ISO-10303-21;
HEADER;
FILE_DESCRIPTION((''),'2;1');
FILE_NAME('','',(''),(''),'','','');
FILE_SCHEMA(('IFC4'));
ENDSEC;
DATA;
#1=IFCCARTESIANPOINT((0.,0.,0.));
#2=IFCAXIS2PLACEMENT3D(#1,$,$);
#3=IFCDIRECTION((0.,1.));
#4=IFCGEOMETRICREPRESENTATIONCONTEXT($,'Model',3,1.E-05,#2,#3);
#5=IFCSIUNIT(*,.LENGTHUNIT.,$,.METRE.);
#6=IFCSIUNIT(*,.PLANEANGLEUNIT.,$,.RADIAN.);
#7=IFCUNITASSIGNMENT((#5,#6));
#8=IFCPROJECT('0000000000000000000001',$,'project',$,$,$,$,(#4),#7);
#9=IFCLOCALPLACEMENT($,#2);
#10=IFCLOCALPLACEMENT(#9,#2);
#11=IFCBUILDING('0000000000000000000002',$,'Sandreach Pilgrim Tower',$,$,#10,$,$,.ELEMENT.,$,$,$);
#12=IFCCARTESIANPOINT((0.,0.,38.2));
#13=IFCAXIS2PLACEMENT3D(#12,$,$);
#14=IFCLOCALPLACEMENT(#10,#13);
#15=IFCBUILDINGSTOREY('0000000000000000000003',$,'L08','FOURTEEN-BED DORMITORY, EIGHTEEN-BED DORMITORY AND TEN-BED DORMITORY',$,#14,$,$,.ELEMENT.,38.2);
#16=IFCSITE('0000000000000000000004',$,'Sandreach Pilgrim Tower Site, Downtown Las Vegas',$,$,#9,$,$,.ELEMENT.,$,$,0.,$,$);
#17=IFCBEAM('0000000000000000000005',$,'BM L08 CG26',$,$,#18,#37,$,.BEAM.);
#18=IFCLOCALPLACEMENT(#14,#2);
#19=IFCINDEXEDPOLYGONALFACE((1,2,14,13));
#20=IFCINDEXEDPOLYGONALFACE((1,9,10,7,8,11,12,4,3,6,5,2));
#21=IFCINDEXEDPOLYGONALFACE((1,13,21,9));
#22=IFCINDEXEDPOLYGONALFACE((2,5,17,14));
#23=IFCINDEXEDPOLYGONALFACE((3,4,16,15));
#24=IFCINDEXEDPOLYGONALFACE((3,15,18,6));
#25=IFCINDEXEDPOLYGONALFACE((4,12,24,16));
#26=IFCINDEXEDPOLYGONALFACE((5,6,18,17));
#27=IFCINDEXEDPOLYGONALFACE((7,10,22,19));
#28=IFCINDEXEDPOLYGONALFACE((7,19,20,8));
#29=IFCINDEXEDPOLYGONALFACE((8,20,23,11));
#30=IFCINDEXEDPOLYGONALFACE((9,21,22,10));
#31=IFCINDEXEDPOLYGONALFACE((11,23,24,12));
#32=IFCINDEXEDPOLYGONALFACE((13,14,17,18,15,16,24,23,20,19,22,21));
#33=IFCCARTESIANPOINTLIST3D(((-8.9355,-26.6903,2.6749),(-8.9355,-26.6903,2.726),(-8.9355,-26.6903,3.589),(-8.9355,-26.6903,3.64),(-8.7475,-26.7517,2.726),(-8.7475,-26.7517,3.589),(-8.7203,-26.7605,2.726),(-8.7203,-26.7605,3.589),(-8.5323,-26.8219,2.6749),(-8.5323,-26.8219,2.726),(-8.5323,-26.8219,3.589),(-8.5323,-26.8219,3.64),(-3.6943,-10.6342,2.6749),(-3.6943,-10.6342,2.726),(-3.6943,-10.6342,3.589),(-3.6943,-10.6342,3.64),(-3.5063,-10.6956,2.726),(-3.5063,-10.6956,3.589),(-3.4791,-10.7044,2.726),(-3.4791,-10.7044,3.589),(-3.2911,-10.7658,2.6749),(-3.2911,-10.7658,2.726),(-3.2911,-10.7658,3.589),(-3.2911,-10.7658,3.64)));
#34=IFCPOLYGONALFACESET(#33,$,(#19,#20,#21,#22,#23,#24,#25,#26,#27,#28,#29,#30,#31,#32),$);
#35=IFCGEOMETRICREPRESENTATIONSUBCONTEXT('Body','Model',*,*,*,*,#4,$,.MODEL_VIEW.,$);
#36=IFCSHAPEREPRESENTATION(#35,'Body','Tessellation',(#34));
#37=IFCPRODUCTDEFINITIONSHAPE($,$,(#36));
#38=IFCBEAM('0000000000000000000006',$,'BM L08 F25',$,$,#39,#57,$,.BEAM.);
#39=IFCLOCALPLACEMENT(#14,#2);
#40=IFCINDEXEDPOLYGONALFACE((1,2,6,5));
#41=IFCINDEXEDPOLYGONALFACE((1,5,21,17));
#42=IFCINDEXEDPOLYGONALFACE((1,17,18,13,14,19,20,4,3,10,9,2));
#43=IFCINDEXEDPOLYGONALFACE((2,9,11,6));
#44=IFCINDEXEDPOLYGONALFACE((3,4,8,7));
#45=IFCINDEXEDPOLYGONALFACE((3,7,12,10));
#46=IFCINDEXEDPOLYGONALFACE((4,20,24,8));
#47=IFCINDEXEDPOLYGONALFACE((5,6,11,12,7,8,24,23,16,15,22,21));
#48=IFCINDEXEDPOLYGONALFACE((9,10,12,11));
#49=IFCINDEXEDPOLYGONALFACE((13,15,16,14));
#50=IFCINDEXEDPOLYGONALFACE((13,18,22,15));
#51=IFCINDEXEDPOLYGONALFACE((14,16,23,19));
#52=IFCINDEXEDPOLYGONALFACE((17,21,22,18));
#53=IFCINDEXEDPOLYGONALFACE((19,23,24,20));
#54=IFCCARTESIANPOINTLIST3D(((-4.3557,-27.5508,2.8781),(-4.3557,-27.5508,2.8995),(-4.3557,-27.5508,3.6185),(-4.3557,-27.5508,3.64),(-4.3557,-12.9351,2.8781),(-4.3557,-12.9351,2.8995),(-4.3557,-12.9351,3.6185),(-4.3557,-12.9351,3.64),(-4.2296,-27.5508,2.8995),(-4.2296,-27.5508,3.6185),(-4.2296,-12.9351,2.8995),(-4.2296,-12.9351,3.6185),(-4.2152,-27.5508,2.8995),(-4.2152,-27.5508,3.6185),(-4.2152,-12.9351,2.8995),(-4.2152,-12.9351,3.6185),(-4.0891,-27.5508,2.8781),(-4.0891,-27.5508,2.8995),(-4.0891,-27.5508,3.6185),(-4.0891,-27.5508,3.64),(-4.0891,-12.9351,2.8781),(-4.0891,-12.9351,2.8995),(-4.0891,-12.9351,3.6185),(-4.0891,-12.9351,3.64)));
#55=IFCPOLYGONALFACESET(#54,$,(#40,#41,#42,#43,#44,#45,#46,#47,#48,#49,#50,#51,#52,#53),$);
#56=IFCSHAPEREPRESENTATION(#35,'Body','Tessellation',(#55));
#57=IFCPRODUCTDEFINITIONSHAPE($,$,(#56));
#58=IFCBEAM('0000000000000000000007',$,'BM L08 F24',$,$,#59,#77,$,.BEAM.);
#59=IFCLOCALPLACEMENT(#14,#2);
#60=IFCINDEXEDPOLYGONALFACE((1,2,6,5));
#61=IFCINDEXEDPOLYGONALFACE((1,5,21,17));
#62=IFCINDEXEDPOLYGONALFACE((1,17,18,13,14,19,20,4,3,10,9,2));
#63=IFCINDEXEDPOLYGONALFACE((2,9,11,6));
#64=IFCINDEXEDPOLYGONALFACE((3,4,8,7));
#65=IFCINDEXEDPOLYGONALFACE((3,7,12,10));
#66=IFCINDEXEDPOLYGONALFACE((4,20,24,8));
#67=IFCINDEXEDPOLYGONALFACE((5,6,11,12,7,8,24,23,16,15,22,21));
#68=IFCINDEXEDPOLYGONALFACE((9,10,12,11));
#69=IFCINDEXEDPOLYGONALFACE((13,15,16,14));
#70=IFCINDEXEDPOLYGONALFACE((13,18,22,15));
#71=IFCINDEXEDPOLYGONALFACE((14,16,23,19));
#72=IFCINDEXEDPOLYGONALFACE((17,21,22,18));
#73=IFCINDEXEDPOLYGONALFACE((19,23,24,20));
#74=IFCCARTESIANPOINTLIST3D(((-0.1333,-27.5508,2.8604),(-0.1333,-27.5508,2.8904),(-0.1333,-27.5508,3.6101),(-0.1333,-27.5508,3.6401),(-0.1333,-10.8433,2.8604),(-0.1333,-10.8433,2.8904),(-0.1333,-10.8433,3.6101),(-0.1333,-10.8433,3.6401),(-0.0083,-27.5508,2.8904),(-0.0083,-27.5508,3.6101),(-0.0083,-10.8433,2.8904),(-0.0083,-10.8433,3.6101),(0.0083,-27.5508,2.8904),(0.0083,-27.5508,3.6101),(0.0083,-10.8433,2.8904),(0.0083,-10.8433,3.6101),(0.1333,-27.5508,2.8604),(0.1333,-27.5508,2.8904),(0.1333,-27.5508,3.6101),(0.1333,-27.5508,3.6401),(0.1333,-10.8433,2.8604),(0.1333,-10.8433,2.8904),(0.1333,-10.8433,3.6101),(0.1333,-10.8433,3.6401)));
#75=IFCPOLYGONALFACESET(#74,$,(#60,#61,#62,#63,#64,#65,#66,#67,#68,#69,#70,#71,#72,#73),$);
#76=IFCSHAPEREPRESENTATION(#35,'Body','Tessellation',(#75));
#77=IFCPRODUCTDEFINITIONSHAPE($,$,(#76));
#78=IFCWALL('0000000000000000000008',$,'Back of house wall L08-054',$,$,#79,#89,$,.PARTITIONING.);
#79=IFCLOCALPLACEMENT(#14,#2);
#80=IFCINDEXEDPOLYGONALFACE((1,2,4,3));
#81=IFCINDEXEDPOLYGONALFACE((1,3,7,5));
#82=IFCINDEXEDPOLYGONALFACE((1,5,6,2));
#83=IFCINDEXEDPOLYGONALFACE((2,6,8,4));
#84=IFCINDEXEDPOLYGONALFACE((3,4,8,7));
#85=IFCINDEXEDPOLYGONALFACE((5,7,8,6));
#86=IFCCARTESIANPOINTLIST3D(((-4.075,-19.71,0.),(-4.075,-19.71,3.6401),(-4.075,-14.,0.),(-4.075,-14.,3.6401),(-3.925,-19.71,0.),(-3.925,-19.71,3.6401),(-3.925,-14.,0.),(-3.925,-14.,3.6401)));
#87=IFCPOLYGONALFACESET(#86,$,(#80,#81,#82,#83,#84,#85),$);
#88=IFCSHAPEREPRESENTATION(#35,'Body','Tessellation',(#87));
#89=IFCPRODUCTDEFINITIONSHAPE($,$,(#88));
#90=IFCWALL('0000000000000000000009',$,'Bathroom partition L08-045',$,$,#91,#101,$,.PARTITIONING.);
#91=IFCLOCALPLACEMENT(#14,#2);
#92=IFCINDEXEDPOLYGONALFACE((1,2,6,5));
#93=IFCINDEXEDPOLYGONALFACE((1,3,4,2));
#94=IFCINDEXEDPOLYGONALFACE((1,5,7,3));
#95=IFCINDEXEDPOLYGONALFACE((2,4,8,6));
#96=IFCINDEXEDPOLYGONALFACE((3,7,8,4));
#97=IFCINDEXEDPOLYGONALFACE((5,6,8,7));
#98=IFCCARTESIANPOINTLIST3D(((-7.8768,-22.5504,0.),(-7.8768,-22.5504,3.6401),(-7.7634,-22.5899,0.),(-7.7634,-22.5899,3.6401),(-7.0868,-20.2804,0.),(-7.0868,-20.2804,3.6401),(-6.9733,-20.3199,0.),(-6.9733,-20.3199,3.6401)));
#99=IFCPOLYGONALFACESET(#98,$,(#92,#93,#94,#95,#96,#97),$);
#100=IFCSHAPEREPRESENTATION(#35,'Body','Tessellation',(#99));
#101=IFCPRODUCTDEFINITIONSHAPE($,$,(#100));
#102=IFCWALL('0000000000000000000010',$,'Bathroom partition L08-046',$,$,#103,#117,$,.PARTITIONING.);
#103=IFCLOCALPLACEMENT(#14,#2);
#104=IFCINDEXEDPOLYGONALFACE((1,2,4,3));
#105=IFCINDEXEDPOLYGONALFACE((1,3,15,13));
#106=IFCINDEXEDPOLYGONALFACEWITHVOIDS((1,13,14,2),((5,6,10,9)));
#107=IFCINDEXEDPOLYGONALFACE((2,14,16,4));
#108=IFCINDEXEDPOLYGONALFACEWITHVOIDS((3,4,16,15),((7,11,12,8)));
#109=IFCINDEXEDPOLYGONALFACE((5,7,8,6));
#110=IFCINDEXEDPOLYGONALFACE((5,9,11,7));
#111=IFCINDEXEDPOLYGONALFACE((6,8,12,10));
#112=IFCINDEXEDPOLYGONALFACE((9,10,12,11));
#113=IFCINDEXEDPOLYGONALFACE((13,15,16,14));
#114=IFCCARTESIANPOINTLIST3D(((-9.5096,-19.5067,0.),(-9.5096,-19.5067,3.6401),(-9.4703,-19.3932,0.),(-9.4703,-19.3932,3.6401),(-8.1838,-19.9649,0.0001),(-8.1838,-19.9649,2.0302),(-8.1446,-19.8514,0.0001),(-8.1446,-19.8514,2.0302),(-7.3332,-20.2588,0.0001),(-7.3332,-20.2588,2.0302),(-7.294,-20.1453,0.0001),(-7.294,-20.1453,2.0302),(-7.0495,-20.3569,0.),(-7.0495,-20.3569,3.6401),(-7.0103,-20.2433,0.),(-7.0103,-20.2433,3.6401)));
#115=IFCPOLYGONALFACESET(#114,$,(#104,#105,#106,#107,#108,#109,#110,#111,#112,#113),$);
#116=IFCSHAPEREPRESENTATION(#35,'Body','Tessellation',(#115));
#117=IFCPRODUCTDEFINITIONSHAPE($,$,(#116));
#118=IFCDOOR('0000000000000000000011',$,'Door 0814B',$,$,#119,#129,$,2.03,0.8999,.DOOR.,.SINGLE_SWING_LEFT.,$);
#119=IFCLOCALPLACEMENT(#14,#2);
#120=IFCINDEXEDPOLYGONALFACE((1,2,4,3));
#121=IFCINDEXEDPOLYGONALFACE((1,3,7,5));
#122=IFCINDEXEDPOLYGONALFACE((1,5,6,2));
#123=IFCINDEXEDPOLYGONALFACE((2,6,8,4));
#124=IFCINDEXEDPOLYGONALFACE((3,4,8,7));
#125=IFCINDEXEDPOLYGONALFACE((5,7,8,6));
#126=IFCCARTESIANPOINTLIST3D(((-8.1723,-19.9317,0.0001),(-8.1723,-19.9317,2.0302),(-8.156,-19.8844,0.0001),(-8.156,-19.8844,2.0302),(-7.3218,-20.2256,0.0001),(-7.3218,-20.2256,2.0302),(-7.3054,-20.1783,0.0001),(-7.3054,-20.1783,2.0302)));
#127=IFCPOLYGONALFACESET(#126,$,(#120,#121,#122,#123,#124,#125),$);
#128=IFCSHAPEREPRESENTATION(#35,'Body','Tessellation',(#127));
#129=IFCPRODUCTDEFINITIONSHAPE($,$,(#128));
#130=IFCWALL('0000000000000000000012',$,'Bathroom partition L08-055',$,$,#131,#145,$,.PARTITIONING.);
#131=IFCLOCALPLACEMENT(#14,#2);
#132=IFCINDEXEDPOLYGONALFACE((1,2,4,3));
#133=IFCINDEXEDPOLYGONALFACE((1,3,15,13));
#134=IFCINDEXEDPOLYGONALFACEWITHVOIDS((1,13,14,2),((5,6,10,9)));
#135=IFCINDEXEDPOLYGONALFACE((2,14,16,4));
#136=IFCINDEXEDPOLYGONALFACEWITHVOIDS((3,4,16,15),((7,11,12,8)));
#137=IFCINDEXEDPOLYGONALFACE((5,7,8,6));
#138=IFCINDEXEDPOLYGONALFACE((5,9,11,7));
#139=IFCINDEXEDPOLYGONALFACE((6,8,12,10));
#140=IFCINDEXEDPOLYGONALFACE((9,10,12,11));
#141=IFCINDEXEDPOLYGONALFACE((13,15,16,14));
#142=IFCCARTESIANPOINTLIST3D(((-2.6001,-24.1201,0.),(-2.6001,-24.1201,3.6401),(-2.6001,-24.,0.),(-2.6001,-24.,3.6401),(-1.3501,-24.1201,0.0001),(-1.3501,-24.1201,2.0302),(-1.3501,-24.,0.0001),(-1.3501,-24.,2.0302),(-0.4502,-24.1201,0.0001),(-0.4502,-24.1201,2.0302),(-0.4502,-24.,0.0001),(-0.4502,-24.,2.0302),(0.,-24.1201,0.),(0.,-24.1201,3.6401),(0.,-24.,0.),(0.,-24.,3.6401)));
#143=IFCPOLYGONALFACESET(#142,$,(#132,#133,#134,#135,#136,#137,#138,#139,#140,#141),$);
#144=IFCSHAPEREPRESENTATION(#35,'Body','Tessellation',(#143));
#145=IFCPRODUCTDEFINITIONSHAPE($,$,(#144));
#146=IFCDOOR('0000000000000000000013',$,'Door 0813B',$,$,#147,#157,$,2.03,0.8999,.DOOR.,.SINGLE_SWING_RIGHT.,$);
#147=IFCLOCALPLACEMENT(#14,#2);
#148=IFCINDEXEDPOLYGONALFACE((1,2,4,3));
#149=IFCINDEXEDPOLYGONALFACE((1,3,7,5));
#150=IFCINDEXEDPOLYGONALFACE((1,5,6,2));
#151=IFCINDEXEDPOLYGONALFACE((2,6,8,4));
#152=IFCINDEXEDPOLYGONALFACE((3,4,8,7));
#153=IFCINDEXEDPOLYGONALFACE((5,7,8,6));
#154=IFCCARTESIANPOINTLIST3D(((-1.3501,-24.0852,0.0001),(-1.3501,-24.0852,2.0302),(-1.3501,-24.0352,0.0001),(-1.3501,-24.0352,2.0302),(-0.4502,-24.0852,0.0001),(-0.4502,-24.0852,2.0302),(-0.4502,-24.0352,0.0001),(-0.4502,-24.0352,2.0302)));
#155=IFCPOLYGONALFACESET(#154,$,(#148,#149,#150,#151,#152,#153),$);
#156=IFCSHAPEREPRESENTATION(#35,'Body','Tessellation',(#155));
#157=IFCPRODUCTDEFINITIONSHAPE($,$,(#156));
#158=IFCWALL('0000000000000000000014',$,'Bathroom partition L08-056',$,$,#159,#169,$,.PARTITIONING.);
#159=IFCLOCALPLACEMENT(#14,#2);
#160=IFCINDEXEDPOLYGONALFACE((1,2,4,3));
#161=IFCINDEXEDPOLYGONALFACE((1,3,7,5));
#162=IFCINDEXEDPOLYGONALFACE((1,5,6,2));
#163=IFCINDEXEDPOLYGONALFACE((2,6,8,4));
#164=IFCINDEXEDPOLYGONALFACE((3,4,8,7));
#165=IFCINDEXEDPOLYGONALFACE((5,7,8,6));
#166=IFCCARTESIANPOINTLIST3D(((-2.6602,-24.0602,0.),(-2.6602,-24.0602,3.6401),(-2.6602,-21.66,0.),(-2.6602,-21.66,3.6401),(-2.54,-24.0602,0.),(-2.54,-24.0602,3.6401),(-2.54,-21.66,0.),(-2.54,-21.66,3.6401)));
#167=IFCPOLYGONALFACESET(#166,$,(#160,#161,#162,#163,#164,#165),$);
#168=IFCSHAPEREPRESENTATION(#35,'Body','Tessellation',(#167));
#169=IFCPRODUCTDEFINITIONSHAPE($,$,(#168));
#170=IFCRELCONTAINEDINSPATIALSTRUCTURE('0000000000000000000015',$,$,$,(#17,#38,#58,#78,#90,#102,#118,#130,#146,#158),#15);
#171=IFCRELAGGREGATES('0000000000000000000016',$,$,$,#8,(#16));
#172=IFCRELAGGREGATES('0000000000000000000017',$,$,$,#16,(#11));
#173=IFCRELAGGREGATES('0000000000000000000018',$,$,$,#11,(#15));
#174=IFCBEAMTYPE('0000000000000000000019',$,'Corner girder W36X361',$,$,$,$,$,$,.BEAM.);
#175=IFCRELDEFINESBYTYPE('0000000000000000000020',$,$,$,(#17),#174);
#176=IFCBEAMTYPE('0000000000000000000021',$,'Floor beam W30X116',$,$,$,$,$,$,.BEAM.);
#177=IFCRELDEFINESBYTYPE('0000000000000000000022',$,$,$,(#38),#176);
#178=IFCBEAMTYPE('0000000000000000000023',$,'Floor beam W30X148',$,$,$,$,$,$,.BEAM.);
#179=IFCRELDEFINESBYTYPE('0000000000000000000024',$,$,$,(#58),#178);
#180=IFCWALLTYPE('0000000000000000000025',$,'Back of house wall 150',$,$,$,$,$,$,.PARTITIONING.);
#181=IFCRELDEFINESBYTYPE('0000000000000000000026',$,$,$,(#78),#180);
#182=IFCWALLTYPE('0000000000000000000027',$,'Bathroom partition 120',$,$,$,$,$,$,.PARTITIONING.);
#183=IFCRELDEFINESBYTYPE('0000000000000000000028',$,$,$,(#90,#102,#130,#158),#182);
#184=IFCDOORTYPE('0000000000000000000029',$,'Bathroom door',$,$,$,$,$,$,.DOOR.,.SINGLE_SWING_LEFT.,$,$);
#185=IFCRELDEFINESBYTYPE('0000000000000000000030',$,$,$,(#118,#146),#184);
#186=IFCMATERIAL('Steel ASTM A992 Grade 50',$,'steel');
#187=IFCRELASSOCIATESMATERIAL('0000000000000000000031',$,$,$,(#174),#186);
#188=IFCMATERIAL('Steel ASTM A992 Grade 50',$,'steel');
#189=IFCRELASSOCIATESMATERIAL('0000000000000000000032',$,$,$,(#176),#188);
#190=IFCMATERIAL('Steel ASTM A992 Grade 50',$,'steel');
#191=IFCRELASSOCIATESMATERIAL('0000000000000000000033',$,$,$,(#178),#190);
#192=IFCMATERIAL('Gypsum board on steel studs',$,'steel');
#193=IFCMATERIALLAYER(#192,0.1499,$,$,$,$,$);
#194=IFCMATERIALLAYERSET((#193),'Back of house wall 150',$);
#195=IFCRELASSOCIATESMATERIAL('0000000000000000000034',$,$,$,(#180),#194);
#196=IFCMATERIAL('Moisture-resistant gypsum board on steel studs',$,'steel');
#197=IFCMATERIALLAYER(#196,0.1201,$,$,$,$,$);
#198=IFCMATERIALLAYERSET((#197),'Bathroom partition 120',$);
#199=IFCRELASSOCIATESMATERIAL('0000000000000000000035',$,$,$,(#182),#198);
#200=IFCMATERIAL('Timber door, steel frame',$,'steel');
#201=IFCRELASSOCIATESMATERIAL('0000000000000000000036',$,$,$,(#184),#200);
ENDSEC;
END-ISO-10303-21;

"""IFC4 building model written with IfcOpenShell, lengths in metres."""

from ifc_helpers import new_model, si_unit, direction, frame, frame_2d, origin, origin_2d, place, context, subcontext, project, spatial, rectangle, i_section, extrude, material, layer, layer_set, material_profile, profile_set, type_object, element, fill, save


model = new_model("IFC4")

# Units and contexts
model_context = context("Model", 3, precision=1e-05, world=origin(), true_north=direction((0.0, 1.0)))
body_context = subcontext(model_context, "Body", "Model", "MODEL_VIEW")
ifc_project = project(units=[si_unit("LENGTHUNIT", "METRE"), si_unit("PLANEANGLEUNIT", "RADIAN")], contexts=[model_context])

# Site, building, storey
site_placement = place(None, origin())
site = spatial("IfcSite", under=ifc_project, at=site_placement, Name="Sandreach Pilgrim Tower Site, Downtown Las Vegas", CompositionType="ELEMENT", RefElevation=0.0)
building_placement = place(site_placement, origin())
building = spatial("IfcBuilding", under=site, at=building_placement, Name="Sandreach Pilgrim Tower", CompositionType="ELEMENT")
storey_placement = place(building_placement, frame((0.0, 0.0, 38.2)))
storey = spatial("IfcBuildingStorey", under=building, at=storey_placement, Name="L08", Description="FOURTEEN-BED DORMITORY, EIGHTEEN-BED DORMITORY AND TEN-BED DORMITORY", CompositionType="ELEMENT", Elevation=38.2)

# Beams
ifc_material_1 = material(Name="Steel ASTM A992 Grade 50", Category="steel")
ifc_material_profile_1 = material_profile(ifc_material_1, i_section(OverallWidth=0.4241, OverallDepth=0.9651, WebThickness=0.0286, FlangeThickness=0.051, at=origin_2d()), Name="W36X361")
ifc_profile_set_1 = profile_set([ifc_material_profile_1], Name="Steel ASTM A992 Grade 50")
beam_type_1 = type_object("IfcBeamType", Name="Corner girder W36X361", PredefinedType="BEAM", material=ifc_profile_set_1)
beam_1_placement = place(storey_placement, frame((-8.7339, -26.7561, 3.1575), z_axis=(0.310315, 0.950634, 0.0), x_axis=(-0.950634, 0.310315, 0.0)))
element("IfcBeam", 1, at=beam_1_placement, inside=storey, type_object=beam_type_1, Name="BM L08 CG26", PredefinedType="BEAM", context=body_context, shape_type="SweptSolid", body=[
    extrude(i_section(OverallWidth=0.4241, OverallDepth=0.9651, WebThickness=0.0286, FlangeThickness=0.051, at=origin_2d()), origin(), (0.0, 0.0, 1.0), 16.8899),
])
ifc_material_2 = material(Name="Steel ASTM A992 Grade 50", Category="steel")
ifc_material_profile_2 = material_profile(ifc_material_2, i_section(OverallWidth=0.2666, OverallDepth=0.762, WebThickness=0.0144, FlangeThickness=0.0215, at=origin_2d()), Name="W30X116")
ifc_profile_set_2 = profile_set([ifc_material_profile_2], Name="Steel ASTM A992 Grade 50")
beam_type_2 = type_object("IfcBeamType", Name="Floor beam W30X116", PredefinedType="BEAM", material=ifc_profile_set_2)
beam_2_placement = place(storey_placement, frame((-4.2224, -27.5508, 3.259), z_axis=(0.0, 1.0, 0.0), x_axis=(-1.0, 0.0, 0.0)))
element("IfcBeam", 2, at=beam_2_placement, inside=storey, type_object=beam_type_2, Name="BM L08 F25", PredefinedType="BEAM", context=body_context, shape_type="SweptSolid", body=[
    extrude(i_section(OverallWidth=0.2666, OverallDepth=0.762, WebThickness=0.0144, FlangeThickness=0.0215, at=origin_2d()), origin(), (0.0, 0.0, 1.0), 14.6157),
])
ifc_material_3 = material(Name="Steel ASTM A992 Grade 50", Category="steel")
ifc_material_profile_3 = material_profile(ifc_material_3, i_section(OverallWidth=0.2666, OverallDepth=0.7798, WebThickness=0.0166, FlangeThickness=0.03, at=origin_2d()), Name="W30X148")
ifc_profile_set_3 = profile_set([ifc_material_profile_3], Name="Steel ASTM A992 Grade 50")
beam_type_3 = type_object("IfcBeamType", Name="Floor beam W30X148", PredefinedType="BEAM", material=ifc_profile_set_3)
beam_3_placement = place(storey_placement, frame((0.0, -27.5508, 3.2502), z_axis=(0.0, 1.0, 0.0), x_axis=(-1.0, 0.0, 0.0)))
element("IfcBeam", 3, at=beam_3_placement, inside=storey, type_object=beam_type_3, Name="BM L08 F24", PredefinedType="BEAM", context=body_context, shape_type="SweptSolid", body=[
    extrude(i_section(OverallWidth=0.2666, OverallDepth=0.7798, WebThickness=0.0166, FlangeThickness=0.03, at=origin_2d()), origin(), (0.0, 0.0, 1.0), 16.7075),
])

# Walls
ifc_material_4 = material(Name="Gypsum board on steel studs", Category="steel")
ifc_layer_1 = layer(ifc_material_4, 0.1499)
ifc_layer_set_1 = layer_set([ifc_layer_1], Name="Back of house wall 150")
wall_type_1 = type_object("IfcWallType", Name="Back of house wall 150", PredefinedType="PARTITIONING", material=ifc_layer_set_1)
wall_1_placement = place(storey_placement, frame((-4.0, -14.0, 0.0), z_axis=(0.0, 0.0, 1.0), x_axis=(0.0, -1.0, 0.0)))
element("IfcWall", 4, at=wall_1_placement, inside=storey, type_object=wall_type_1, Name="Back of house wall L08-054", PredefinedType="PARTITIONING", context=body_context, shape_type="SweptSolid", body=[
    extrude(rectangle(XDim=5.71, YDim=0.1499, at=frame_2d((2.855, 0.0))), origin(), (0.0, 0.0, 1.0), 3.6401),
])
ifc_material_5 = material(Name="Moisture-resistant gypsum board on steel studs", Category="steel")
ifc_layer_2 = layer(ifc_material_5, 0.1201)
ifc_layer_set_2 = layer_set([ifc_layer_2], Name="Bathroom partition 120")
wall_type_2 = type_object("IfcWallType", Name="Bathroom partition 120", PredefinedType="PARTITIONING", material=ifc_layer_set_2)
wall_2_placement = place(storey_placement, frame((-7.8201, -22.5701, 0.0), z_axis=(0.0, 0.0, 1.0), x_axis=(0.328694, 0.944436, 0.0)))
element("IfcWall", 5, at=wall_2_placement, inside=storey, type_object=wall_type_2, Name="Bathroom partition L08-045", PredefinedType="PARTITIONING", context=body_context, shape_type="SweptSolid", body=[
    extrude(rectangle(XDim=2.4036, YDim=0.1201, at=frame_2d((1.2017, 0.0))), origin(), (0.0, 0.0, 1.0), 3.6401),
])

# Walls, openings, doors
wall_3_placement = place(storey_placement, frame((-7.03, -20.3, 0.0), z_axis=(0.0, 0.0, 1.0), x_axis=(-0.945155, 0.326621, 0.0)))
wall_3 = element("IfcWall", 6, at=wall_3_placement, inside=storey, type_object=wall_type_2, Name="Bathroom partition L08-046", PredefinedType="PARTITIONING", context=body_context, shape_type="SweptSolid", body=[
    extrude(rectangle(XDim=2.6028, YDim=0.1201, at=frame_2d((1.3013, 0.0))), origin(), (0.0, 0.0, 1.0), 3.6401),
])
opening_1_placement = place(wall_3_placement, frame((0.3, 0.0, 0.0)))
opening_1 = element("IfcOpeningElement", 7, at=opening_1_placement, cuts=wall_3, PredefinedType="OPENING", context=body_context, shape_type="SweptSolid", body=[
    extrude(rectangle(XDim=0.8999, YDim=2.03, at=frame_2d((0.45, 1.0151))), frame((0.0, 0.0601, 0.0), z_axis=(0.0, -1.0, 0.0), x_axis=(1.0, 0.0, 0.0)), (0.0, 0.0, 1.0), 0.1201),
])
ifc_material_6 = material(Name="Timber door, steel frame", Category="steel")
door_type_1 = type_object("IfcDoorType", Name="Bathroom door", OperationType="SINGLE_SWING_LEFT", PredefinedType="DOOR", material=ifc_material_6)
door_1_placement = place(opening_1_placement, origin())
door_1 = element("IfcDoor", 8, at=door_1_placement, inside=storey, type_object=door_type_1, Name="Door 0814B", OperationType="SINGLE_SWING_LEFT", OverallHeight=2.03, OverallWidth=0.8999, PredefinedType="DOOR", context=body_context, shape_type="SweptSolid", body=[
    extrude(rectangle(XDim=0.8999, YDim=2.03, at=frame_2d((0.45, 1.0151))), frame((0.0, 0.0249, 0.0), z_axis=(0.0, -1.0, 0.0), x_axis=(1.0, 0.0, 0.0)), (0.0, 0.0, 1.0), 0.05),
])
fill(opening_1, door_1)
wall_4_placement = place(storey_placement, frame((-2.6001, -24.0601, 0.0), z_axis=(0.0, 0.0, 1.0), x_axis=(1.0, 0.0, 0.0)))
wall_4 = element("IfcWall", 9, at=wall_4_placement, inside=storey, type_object=wall_type_2, Name="Bathroom partition L08-055", PredefinedType="PARTITIONING", context=body_context, shape_type="SweptSolid", body=[
    extrude(rectangle(XDim=2.6001, YDim=0.1201, at=frame_2d((1.3, 0.0))), origin(), (0.0, 0.0, 1.0), 3.6401),
])
opening_2_placement = place(wall_4_placement, frame((1.25, 0.0, 0.0)))
opening_2 = element("IfcOpeningElement", 10, at=opening_2_placement, cuts=wall_4, PredefinedType="OPENING", context=body_context, shape_type="SweptSolid", body=[
    extrude(rectangle(XDim=0.8999, YDim=2.03, at=frame_2d((0.45, 1.0151))), frame((0.0, 0.0601, 0.0), z_axis=(0.0, -1.0, 0.0), x_axis=(1.0, 0.0, 0.0)), (0.0, 0.0, 1.0), 0.1201),
])
door_2_placement = place(opening_2_placement, origin())
door_2 = element("IfcDoor", 11, at=door_2_placement, inside=storey, type_object=door_type_1, Name="Door 0813B", OperationType="SINGLE_SWING_RIGHT", OverallHeight=2.03, OverallWidth=0.8999, PredefinedType="DOOR", context=body_context, shape_type="SweptSolid", body=[
    extrude(rectangle(XDim=0.8999, YDim=2.03, at=frame_2d((0.45, 1.0151))), frame((0.0, 0.0249, 0.0), z_axis=(0.0, -1.0, 0.0), x_axis=(1.0, 0.0, 0.0)), (0.0, 0.0, 1.0), 0.05),
])
fill(opening_2, door_2)

# Wall
wall_5_placement = place(storey_placement, frame((-2.6001, -21.6599, 0.0), z_axis=(0.0, 0.0, 1.0), x_axis=(0.0, -1.0, 0.0)))
element("IfcWall", 12, at=wall_5_placement, inside=storey, type_object=wall_type_2, Name="Bathroom partition L08-056", PredefinedType="PARTITIONING", context=body_context, shape_type="SweptSolid", body=[
    extrude(rectangle(XDim=2.4001, YDim=0.1201, at=frame_2d((1.2002, 0.0))), origin(), (0.0, 0.0, 1.0), 3.6401),
])

save(model, "model.ifc")
